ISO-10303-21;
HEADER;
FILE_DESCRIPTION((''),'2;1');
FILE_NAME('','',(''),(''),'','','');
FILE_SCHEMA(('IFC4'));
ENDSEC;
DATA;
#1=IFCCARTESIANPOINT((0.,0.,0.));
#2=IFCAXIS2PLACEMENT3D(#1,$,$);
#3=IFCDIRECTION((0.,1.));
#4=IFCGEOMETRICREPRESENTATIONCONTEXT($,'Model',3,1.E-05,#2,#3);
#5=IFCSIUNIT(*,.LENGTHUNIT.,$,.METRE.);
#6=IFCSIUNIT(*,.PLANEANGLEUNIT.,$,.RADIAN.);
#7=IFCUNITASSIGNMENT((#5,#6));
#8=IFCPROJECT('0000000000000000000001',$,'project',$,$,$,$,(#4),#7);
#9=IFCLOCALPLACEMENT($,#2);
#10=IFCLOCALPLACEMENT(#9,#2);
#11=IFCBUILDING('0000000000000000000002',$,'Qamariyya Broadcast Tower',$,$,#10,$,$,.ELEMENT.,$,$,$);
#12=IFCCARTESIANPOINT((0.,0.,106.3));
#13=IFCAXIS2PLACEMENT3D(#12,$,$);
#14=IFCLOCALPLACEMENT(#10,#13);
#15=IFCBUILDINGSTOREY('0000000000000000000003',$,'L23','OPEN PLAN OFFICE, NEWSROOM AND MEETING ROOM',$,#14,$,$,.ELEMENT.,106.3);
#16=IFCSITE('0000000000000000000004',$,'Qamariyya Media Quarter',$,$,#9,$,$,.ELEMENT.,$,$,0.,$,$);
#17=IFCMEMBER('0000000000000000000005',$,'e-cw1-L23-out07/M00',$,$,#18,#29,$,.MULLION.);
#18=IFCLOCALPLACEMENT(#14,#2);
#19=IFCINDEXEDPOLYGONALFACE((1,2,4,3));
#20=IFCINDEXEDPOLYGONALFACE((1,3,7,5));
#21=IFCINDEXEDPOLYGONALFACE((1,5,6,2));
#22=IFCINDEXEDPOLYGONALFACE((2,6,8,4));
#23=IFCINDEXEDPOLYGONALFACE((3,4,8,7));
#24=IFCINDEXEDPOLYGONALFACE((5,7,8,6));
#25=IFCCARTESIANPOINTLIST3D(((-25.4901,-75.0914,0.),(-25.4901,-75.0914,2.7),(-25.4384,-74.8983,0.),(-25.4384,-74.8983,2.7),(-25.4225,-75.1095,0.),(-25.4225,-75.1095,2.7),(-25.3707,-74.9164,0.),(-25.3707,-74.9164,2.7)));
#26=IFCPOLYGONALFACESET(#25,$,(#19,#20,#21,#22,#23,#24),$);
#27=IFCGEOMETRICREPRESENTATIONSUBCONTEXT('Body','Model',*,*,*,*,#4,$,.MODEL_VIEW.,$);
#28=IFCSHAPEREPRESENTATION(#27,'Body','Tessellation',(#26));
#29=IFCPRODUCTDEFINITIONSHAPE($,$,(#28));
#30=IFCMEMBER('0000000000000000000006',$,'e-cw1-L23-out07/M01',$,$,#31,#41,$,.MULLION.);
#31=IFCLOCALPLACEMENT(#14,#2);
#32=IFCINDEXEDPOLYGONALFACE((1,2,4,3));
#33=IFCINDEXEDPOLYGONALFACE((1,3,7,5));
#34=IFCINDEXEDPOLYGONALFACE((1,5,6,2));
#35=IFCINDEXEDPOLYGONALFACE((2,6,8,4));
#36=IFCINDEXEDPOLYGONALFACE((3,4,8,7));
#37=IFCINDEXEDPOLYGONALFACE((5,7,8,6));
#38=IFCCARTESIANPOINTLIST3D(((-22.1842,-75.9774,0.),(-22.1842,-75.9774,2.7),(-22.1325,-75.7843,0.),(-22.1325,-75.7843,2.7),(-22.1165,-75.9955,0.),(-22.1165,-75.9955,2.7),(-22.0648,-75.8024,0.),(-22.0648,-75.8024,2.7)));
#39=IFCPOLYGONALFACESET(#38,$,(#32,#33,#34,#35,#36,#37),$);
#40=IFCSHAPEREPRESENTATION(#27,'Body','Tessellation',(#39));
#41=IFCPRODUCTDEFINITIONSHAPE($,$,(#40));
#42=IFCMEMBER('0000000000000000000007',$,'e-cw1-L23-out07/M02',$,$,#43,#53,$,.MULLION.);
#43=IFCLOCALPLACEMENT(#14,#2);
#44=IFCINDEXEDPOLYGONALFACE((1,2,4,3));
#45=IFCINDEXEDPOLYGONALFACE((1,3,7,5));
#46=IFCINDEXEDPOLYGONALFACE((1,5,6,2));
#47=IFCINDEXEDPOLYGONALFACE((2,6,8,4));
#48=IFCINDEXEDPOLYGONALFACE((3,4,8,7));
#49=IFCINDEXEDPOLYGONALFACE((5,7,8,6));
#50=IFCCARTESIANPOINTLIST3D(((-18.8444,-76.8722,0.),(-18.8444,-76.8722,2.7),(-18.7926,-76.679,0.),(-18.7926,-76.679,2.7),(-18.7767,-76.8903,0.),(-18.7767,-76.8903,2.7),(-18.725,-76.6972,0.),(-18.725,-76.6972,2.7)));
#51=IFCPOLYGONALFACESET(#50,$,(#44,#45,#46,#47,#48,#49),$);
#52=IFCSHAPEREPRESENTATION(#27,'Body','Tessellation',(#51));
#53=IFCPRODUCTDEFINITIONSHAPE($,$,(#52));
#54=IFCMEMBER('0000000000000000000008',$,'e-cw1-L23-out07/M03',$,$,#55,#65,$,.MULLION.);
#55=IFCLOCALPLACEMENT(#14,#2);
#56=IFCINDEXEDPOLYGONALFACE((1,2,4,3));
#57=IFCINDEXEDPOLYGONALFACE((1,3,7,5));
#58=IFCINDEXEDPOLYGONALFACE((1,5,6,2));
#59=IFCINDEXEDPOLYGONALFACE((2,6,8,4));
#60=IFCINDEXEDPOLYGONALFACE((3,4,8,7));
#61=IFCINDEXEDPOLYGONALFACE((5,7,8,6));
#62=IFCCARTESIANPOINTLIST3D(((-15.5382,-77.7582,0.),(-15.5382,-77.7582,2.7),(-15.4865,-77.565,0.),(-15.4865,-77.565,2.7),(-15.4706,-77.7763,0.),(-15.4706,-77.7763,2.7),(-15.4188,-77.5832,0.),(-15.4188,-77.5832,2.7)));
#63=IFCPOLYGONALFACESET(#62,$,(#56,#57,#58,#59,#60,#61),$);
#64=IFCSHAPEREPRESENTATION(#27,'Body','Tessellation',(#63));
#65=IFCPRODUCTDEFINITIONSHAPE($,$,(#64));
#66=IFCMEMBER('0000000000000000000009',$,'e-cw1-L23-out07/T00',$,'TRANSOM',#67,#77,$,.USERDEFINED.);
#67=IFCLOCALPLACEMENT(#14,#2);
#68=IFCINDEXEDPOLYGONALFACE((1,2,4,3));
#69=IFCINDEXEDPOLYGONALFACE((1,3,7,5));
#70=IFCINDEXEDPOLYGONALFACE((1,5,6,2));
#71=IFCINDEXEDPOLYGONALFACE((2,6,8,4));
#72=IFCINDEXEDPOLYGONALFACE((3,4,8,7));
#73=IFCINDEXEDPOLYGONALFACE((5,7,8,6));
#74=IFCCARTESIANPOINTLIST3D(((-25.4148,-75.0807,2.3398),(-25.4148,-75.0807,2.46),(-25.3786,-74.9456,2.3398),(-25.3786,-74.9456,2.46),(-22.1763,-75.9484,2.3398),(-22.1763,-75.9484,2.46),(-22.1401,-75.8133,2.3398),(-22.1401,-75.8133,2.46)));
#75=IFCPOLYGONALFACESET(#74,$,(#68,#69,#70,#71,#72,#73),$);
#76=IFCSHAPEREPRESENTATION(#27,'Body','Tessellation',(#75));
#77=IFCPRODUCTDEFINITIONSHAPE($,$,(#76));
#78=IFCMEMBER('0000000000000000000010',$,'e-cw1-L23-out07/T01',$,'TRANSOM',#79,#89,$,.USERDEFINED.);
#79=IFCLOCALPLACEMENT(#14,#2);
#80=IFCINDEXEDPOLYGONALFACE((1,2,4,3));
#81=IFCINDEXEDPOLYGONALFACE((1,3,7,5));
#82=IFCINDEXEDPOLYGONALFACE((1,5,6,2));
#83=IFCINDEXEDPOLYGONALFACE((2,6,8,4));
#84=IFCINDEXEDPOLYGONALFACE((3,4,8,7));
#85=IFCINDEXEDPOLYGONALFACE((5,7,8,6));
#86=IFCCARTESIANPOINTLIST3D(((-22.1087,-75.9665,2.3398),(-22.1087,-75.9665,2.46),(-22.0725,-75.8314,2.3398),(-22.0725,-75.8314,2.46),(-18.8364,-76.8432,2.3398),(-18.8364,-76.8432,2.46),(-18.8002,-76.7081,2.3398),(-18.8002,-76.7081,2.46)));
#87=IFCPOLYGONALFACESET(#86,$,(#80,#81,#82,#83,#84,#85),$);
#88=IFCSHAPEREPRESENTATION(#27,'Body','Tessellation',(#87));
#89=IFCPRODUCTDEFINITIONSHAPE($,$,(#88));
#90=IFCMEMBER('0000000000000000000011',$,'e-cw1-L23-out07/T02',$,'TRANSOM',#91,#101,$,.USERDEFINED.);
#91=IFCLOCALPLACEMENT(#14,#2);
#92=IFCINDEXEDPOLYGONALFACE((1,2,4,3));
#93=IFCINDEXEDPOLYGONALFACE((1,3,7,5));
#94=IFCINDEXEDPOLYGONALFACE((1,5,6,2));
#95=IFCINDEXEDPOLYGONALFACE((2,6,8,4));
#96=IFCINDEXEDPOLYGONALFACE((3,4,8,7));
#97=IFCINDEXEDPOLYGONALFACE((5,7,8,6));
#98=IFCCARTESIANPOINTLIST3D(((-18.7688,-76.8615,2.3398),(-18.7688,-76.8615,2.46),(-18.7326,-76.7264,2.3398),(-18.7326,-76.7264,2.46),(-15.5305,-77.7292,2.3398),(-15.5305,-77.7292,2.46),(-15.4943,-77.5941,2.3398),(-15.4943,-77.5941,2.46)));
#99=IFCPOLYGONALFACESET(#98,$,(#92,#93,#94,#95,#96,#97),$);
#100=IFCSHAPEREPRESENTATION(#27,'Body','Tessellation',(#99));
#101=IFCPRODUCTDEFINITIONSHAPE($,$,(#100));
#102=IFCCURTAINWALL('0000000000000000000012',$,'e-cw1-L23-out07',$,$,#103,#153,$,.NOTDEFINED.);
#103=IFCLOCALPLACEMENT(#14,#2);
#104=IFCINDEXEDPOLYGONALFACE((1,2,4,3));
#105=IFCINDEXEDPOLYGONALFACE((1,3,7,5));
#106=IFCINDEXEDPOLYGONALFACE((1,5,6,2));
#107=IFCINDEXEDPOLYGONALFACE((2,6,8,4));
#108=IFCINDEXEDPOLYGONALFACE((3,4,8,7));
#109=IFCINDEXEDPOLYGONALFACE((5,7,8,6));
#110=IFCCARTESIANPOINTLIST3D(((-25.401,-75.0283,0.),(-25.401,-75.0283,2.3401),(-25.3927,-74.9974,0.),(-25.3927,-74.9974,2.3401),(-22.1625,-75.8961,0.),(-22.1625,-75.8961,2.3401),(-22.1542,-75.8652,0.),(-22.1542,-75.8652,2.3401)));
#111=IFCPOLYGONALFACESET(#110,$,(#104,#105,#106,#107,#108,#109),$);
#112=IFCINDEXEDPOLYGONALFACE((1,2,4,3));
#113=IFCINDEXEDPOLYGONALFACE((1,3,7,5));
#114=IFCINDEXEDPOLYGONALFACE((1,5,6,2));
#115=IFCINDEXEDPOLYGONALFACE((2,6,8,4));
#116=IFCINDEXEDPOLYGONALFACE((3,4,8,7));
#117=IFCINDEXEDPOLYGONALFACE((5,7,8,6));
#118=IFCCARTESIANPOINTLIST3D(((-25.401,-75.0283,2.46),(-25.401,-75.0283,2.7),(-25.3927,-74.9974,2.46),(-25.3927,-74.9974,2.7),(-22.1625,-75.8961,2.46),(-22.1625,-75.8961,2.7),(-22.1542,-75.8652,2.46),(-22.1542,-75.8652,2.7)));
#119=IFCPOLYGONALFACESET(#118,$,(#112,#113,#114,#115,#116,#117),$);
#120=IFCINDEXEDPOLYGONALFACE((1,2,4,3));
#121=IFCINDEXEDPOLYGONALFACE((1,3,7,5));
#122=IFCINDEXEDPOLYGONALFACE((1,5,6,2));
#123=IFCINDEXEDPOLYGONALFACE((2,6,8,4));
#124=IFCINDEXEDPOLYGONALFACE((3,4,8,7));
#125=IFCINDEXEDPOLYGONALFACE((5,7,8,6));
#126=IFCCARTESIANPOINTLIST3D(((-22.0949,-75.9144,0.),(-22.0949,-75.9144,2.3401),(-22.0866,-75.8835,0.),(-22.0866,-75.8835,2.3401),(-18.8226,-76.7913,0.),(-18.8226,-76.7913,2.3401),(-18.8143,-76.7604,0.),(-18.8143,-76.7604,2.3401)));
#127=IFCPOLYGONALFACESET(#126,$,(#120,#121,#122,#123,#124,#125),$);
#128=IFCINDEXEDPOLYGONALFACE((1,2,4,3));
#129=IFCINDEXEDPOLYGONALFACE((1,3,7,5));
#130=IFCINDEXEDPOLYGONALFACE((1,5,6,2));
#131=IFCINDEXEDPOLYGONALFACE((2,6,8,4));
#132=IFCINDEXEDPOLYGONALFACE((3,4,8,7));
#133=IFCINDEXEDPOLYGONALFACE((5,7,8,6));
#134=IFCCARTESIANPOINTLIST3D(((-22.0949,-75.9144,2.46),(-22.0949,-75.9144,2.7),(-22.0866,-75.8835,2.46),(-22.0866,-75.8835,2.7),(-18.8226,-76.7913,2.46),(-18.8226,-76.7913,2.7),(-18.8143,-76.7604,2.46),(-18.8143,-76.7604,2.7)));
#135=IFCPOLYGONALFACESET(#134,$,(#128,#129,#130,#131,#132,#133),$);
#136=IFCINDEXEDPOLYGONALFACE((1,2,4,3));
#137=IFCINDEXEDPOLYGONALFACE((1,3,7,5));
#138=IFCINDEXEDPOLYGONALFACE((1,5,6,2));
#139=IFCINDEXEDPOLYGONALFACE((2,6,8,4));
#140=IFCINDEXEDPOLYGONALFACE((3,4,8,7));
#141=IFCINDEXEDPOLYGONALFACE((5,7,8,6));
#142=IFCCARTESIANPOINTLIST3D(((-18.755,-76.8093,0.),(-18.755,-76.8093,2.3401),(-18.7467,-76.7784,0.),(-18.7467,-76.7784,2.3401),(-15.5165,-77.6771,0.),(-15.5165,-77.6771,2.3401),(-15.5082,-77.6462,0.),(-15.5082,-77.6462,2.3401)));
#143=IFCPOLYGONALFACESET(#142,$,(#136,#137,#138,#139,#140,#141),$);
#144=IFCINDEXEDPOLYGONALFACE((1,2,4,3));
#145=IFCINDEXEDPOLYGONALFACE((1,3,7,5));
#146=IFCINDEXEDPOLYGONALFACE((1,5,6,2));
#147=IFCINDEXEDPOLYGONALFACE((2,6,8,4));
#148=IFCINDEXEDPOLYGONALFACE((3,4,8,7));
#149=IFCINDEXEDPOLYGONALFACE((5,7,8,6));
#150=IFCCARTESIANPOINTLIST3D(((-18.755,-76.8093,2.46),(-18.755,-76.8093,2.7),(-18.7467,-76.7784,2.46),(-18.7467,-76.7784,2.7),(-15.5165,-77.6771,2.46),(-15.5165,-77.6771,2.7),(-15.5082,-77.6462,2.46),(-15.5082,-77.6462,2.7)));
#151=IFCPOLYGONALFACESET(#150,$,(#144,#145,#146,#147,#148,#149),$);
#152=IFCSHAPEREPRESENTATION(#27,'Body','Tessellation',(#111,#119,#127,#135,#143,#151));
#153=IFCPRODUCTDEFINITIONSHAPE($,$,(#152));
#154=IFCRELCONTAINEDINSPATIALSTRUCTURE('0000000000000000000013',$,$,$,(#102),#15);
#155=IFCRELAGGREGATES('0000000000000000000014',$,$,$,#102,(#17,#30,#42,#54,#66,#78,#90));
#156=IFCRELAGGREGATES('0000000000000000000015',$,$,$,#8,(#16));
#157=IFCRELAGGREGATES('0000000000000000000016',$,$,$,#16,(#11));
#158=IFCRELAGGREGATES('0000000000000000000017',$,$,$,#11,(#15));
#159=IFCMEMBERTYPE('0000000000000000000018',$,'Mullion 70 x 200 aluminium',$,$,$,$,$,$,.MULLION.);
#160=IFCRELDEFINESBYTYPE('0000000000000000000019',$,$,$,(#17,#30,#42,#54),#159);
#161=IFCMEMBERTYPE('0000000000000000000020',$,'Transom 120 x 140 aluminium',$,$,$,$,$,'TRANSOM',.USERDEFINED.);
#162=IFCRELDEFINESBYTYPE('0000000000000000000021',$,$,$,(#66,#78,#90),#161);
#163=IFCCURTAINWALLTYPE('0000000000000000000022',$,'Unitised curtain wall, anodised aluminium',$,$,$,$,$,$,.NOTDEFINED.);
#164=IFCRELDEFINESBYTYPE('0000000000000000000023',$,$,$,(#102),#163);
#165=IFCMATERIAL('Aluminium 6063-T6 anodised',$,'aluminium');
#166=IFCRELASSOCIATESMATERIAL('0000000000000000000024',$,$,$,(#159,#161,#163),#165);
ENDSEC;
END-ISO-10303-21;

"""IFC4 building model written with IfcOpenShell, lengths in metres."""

from ifc_helpers import new_model, si_unit, direction, frame, origin, origin_2d, place, context, subcontext, project, spatial, rectangle, extrude, material, material_profile, profile_set, type_object, element, aggregate, save


model = new_model("IFC4")

# Units and contexts
model_context = context("Model", 3, precision=1e-05, world=origin(), true_north=direction((0.0, 1.0)))
body_context = subcontext(model_context, "Body", "Model", "MODEL_VIEW")
ifc_project = project(units=[si_unit("LENGTHUNIT", "METRE"), si_unit("PLANEANGLEUNIT", "RADIAN")], contexts=[model_context])

# Members
ifc_material = material(Name="Aluminium 6063-T6 anodised", Category="aluminium")
ifc_material_profile_1 = material_profile(ifc_material, rectangle(XDim=0.2, YDim=0.0701, at=origin_2d()))
ifc_profile_set_1 = profile_set([ifc_material_profile_1], Name="Aluminium 6063-T6 anodised")
member_type_1 = type_object("IfcMemberType", Name="Mullion 70 x 200 aluminium", PredefinedType="MULLION", material=ifc_profile_set_1)
site_placement = place(None, origin())
building_placement = place(site_placement, origin())
storey_placement = place(building_placement, frame((0.0, 0.0, 106.3)))
member_1_placement = place(storey_placement, frame((-25.4304, -75.0039, 0.0), z_axis=(0.0, 0.0, 1.0), x_axis=(0.258819, 0.965926, 0.0)))
member_1 = element("IfcMember", 1, at=member_1_placement, type_object=member_type_1, Name="e-cw1-L23-out07/M00", PredefinedType="MULLION", context=body_context, shape_type="SweptSolid", body=[
    extrude(rectangle(XDim=0.2, YDim=0.0701, at=origin_2d()), origin(), (0.0, 0.0, 1.0), 2.7),
])
member_2_placement = place(storey_placement, frame((-22.1245, -75.8899, 0.0), z_axis=(0.0, 0.0, 1.0), x_axis=(0.258819, 0.965926, 0.0)))
member_2 = element("IfcMember", 2, at=member_2_placement, type_object=member_type_1, Name="e-cw1-L23-out07/M01", PredefinedType="MULLION", context=body_context, shape_type="SweptSolid", body=[
    extrude(rectangle(XDim=0.2, YDim=0.0701, at=origin_2d()), origin(), (0.0, 0.0, 1.0), 2.7),
])
member_3_placement = place(storey_placement, frame((-18.7847, -76.7847, 0.0), z_axis=(0.0, 0.0, 1.0), x_axis=(0.258819, 0.965926, 0.0)))
member_3 = element("IfcMember", 3, at=member_3_placement, type_object=member_type_1, Name="e-cw1-L23-out07/M02", PredefinedType="MULLION", context=body_context, shape_type="SweptSolid", body=[
    extrude(rectangle(XDim=0.2, YDim=0.0701, at=origin_2d()), origin(), (0.0, 0.0, 1.0), 2.7),
])
member_4_placement = place(storey_placement, frame((-15.4785, -77.6707, 0.0), z_axis=(0.0, 0.0, 1.0), x_axis=(0.258819, 0.965926, 0.0)))
member_4 = element("IfcMember", 4, at=member_4_placement, type_object=member_type_1, Name="e-cw1-L23-out07/M03", PredefinedType="MULLION", context=body_context, shape_type="SweptSolid", body=[
    extrude(rectangle(XDim=0.2, YDim=0.0701, at=origin_2d()), origin(), (0.0, 0.0, 1.0), 2.7),
])
ifc_material_profile_2 = material_profile(ifc_material, rectangle(XDim=0.1399, YDim=0.1201, at=origin_2d()))
ifc_profile_set_2 = profile_set([ifc_material_profile_2], Name="Aluminium 6063-T6 anodised")
member_type_2 = type_object("IfcMemberType", Name="Transom 120 x 140 aluminium", ElementType="TRANSOM", PredefinedType="USERDEFINED", material=ifc_profile_set_2)
member_5_placement = place(storey_placement, frame((-25.3967, -75.0132, 2.3999), z_axis=(0.965932, -0.258796, 0.0), x_axis=(0.258796, 0.965932, 0.0)))
member_5 = element("IfcMember", 5, at=member_5_placement, type_object=member_type_2, Name="e-cw1-L23-out07/T00", ObjectType="TRANSOM", PredefinedType="USERDEFINED", context=body_context, shape_type="SweptSolid", body=[
    extrude(rectangle(XDim=0.1399, YDim=0.1201, at=origin_2d()), origin(), (0.0, 0.0, 1.0), 3.3528),
])
member_6_placement = place(storey_placement, frame((-22.0906, -75.8989, 2.3999), z_axis=(0.965932, -0.258797, 0.0), x_axis=(0.258797, 0.965932, 0.0)))
member_6 = element("IfcMember", 6, at=member_6_placement, type_object=member_type_2, Name="e-cw1-L23-out07/T01", ObjectType="TRANSOM", PredefinedType="USERDEFINED", context=body_context, shape_type="SweptSolid", body=[
    extrude(rectangle(XDim=0.1399, YDim=0.1201, at=origin_2d()), origin(), (0.0, 0.0, 1.0), 3.3877),
])
member_7_placement = place(storey_placement, frame((-18.7507, -76.7939, 2.3999), z_axis=(0.965927, -0.258814, 0.0), x_axis=(0.258814, 0.965927, 0.0)))
member_7 = element("IfcMember", 7, at=member_7_placement, type_object=member_type_2, Name="e-cw1-L23-out07/T02", ObjectType="TRANSOM", PredefinedType="USERDEFINED", context=body_context, shape_type="SweptSolid", body=[
    extrude(rectangle(XDim=0.1399, YDim=0.1201, at=origin_2d()), origin(), (0.0, 0.0, 1.0), 3.3525),
])

# Site, building, storey
site = spatial("IfcSite", under=ifc_project, at=site_placement, Name="Qamariyya Media Quarter", CompositionType="ELEMENT", RefElevation=0.0)
building = spatial("IfcBuilding", under=site, at=building_placement, Name="Qamariyya Broadcast Tower", CompositionType="ELEMENT")
storey = spatial("IfcBuildingStorey", under=building, at=storey_placement, Name="L23", Description="OPEN PLAN OFFICE, NEWSROOM AND MEETING ROOM", CompositionType="ELEMENT", Elevation=106.3)

# Curtain wall
curtain_wall_type = type_object("IfcCurtainWallType", Name="Unitised curtain wall, anodised aluminium", PredefinedType="NOTDEFINED", material=ifc_material)
curtain_wall_1_placement = place(storey_placement, origin())
curtain_wall_1 = element("IfcCurtainWall", 8, at=curtain_wall_1_placement, inside=storey, type_object=curtain_wall_type, Name="e-cw1-L23-out07", PredefinedType="NOTDEFINED", context=body_context, shape_type="SweptSolid", body=[
    extrude(rectangle(XDim=3.3528, YDim=0.032, at=origin_2d()), frame((-23.7776, -75.4468, 0.0), x_axis=(0.965924, -0.258827, 0.0)), (0.0, 0.0, 1.0), 2.3401),
    extrude(rectangle(XDim=3.3528, YDim=0.032, at=origin_2d()), frame((-23.7776, -75.4468, 2.46), x_axis=(0.965924, -0.258827, 0.0)), (0.0, 0.0, 1.0), 0.24),
    extrude(rectangle(XDim=3.3877, YDim=0.032, at=origin_2d()), frame((-20.4546, -76.3374, 0.0), x_axis=(0.965924, -0.258827, 0.0)), (0.0, 0.0, 1.0), 2.3401),
    extrude(rectangle(XDim=3.3877, YDim=0.032, at=origin_2d()), frame((-20.4546, -76.3374, 2.46), x_axis=(0.965924, -0.258827, 0.0)), (0.0, 0.0, 1.0), 0.24),
    extrude(rectangle(XDim=3.3528, YDim=0.032, at=origin_2d()), frame((-17.1316, -77.2278, 0.0), x_axis=(0.965924, -0.258827, 0.0)), (0.0, 0.0, 1.0), 2.3401),
    extrude(rectangle(XDim=3.3528, YDim=0.032, at=origin_2d()), frame((-17.1316, -77.2278, 2.46), x_axis=(0.965924, -0.258827, 0.0)), (0.0, 0.0, 1.0), 0.24),
])
aggregate(curtain_wall_1, [member_1, member_2, member_3, member_4, member_5, member_6, member_7])

save(model, "model.ifc")
